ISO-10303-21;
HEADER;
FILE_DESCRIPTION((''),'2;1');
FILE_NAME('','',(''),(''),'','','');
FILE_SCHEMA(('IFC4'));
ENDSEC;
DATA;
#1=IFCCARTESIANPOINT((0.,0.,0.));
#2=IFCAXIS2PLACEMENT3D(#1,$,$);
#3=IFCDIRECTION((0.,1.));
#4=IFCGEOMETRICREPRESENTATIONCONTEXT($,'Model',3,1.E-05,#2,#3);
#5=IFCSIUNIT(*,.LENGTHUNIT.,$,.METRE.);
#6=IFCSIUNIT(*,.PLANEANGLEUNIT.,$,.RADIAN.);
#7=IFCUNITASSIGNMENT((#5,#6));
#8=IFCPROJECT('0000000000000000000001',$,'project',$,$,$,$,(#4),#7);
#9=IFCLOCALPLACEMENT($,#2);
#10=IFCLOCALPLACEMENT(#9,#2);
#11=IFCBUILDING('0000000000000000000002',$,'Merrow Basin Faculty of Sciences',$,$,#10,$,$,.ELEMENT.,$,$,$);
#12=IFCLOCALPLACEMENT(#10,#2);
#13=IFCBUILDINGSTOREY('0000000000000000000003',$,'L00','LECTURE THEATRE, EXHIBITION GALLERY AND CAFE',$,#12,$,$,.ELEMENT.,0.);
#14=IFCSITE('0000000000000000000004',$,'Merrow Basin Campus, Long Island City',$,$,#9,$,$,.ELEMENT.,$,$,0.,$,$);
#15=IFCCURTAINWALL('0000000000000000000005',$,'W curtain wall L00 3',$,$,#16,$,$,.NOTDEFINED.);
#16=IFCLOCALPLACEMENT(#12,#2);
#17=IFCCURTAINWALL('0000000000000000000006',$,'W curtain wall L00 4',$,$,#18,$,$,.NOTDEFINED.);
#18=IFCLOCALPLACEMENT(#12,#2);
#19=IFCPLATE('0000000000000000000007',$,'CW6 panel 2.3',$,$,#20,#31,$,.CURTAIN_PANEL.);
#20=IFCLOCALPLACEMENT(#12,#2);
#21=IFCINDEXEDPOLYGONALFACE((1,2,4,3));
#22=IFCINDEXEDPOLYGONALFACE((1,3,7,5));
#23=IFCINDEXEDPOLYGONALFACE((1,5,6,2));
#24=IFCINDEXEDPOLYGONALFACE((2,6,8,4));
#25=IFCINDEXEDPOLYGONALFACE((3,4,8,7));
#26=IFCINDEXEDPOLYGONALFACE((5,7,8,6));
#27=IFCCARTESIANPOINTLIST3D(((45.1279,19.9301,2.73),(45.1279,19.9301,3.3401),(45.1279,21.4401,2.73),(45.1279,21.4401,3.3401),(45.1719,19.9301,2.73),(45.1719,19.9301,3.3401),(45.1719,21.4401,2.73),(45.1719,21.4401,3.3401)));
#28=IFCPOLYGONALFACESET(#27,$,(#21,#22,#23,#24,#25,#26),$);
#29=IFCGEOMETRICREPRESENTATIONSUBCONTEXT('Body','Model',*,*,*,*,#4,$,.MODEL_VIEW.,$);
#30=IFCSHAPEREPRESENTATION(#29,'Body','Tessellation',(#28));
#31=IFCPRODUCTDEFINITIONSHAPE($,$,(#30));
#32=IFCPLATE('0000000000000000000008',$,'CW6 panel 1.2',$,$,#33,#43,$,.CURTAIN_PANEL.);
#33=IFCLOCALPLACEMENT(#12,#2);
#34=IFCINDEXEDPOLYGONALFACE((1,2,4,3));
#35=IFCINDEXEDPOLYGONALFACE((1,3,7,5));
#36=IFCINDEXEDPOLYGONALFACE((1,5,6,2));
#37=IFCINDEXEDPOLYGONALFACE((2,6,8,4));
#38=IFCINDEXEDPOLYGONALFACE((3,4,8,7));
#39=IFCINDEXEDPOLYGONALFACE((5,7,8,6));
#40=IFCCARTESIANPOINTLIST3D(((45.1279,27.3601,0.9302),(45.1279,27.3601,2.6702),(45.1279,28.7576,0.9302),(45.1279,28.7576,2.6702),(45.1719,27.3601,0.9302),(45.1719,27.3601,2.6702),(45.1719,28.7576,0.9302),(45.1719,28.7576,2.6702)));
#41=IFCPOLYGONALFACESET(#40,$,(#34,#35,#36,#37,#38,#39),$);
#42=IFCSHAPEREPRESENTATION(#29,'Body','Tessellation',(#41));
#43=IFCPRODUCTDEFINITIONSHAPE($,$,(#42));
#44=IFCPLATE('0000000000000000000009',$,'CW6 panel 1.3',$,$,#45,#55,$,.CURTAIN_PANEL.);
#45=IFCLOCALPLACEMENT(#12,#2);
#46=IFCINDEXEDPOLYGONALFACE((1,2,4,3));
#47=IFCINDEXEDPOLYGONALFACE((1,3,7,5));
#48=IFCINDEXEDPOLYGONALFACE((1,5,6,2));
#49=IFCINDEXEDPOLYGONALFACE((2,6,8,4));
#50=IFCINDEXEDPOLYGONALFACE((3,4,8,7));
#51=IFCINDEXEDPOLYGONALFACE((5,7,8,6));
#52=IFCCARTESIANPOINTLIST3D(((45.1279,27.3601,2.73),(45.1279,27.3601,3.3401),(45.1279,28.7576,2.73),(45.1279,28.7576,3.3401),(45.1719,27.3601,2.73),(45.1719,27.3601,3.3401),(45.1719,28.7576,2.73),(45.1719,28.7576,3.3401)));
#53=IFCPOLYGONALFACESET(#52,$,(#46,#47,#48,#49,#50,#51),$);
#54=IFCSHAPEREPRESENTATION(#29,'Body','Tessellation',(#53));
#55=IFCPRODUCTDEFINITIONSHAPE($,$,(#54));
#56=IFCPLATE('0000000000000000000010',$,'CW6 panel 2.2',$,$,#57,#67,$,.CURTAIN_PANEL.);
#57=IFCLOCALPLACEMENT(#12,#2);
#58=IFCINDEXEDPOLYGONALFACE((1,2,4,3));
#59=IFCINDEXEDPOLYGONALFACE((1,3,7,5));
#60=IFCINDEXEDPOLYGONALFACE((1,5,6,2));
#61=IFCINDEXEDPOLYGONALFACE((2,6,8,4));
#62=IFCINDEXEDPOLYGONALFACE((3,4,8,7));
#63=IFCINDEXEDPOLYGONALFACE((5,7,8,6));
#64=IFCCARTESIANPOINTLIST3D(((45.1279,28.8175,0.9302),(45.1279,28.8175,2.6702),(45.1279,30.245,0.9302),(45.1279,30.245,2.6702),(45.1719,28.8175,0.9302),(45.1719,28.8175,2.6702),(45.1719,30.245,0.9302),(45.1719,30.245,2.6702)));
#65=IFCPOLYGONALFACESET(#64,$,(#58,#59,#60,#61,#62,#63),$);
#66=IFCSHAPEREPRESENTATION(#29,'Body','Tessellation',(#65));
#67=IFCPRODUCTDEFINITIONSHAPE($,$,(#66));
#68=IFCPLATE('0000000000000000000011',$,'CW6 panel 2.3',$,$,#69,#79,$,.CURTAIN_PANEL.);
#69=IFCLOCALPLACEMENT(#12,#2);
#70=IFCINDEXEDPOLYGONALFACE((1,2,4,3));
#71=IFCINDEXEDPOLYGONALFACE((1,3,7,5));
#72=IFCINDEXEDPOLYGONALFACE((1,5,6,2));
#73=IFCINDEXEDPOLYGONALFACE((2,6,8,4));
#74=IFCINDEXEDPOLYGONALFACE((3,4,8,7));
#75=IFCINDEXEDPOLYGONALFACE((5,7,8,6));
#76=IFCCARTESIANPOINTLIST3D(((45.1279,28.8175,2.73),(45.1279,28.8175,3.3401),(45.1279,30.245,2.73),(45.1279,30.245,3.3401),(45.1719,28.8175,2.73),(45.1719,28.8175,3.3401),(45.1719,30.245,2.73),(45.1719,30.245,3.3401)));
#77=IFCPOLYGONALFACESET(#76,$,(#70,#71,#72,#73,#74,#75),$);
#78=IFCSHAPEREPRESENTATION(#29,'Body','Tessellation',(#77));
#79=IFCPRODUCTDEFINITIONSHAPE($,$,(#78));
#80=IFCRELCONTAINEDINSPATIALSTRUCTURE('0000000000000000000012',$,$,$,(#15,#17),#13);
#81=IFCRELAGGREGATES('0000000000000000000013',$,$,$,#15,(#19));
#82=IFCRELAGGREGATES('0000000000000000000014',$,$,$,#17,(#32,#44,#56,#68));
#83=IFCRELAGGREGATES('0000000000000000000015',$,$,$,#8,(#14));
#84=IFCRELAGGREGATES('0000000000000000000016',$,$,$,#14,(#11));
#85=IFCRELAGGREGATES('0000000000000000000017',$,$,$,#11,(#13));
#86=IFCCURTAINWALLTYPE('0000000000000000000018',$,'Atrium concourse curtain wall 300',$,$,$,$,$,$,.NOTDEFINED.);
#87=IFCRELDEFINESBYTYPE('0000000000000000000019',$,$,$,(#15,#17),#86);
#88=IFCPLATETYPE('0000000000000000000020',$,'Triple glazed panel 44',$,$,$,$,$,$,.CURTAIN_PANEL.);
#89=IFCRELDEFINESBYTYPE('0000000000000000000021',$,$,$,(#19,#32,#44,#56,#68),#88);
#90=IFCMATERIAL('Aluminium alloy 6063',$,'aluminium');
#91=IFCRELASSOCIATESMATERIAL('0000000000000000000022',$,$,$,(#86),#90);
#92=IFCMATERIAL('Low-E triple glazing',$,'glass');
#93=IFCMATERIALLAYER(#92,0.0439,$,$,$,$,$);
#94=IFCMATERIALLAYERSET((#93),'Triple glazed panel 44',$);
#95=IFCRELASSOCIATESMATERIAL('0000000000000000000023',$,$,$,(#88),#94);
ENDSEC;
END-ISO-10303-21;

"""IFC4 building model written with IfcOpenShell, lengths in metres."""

from ifc_helpers import new_model, si_unit, direction, frame, origin, origin_2d, place, context, subcontext, project, spatial, rectangle, extrude, material, layer, layer_set, type_object, element, aggregate, save


model = new_model("IFC4")

# Units and contexts
model_context = context("Model", 3, precision=1e-05, world=origin(), true_north=direction((0.0, 1.0)))
body_context = subcontext(model_context, "Body", "Model", "MODEL_VIEW")
ifc_project = project(units=[si_unit("LENGTHUNIT", "METRE"), si_unit("PLANEANGLEUNIT", "RADIAN")], contexts=[model_context])

# Site, building, storey
site_placement = place(None, origin())
site = spatial("IfcSite", under=ifc_project, at=site_placement, Name="Merrow Basin Campus, Long Island City", CompositionType="ELEMENT", RefElevation=0.0)
building_placement = place(site_placement, origin())
building = spatial("IfcBuilding", under=site, at=building_placement, Name="Merrow Basin Faculty of Sciences", CompositionType="ELEMENT")
storey_placement = place(building_placement, origin())
storey = spatial("IfcBuildingStorey", under=building, at=storey_placement, Name="L00", Description="LECTURE THEATRE, EXHIBITION GALLERY AND CAFE", CompositionType="ELEMENT", Elevation=0.0)

# Curtain walls
ifc_material_1 = material(Name="Aluminium alloy 6063", Category="aluminium")
curtain_wall_type = type_object("IfcCurtainWallType", Name="Atrium concourse curtain wall 300", PredefinedType="NOTDEFINED", material=ifc_material_1)
curtain_wall_1_placement = place(storey_placement, origin())
curtain_wall_1 = element("IfcCurtainWall", 1, at=curtain_wall_1_placement, inside=storey, type_object=curtain_wall_type, Name="W curtain wall L00 3", PredefinedType="NOTDEFINED")
curtain_wall_2_placement = place(storey_placement, origin())
curtain_wall_2 = element("IfcCurtainWall", 2, at=curtain_wall_2_placement, inside=storey, type_object=curtain_wall_type, Name="W curtain wall L00 4", PredefinedType="NOTDEFINED")

# Plates
ifc_material_2 = material(Name="Low-E triple glazing", Category="glass")
ifc_layer_1 = layer(ifc_material_2, 0.0439)
ifc_layer_set_1 = layer_set([ifc_layer_1], Name="Triple glazed panel 44")
plate_type_1 = type_object("IfcPlateType", Name="Triple glazed panel 44", PredefinedType="CURTAIN_PANEL", material=ifc_layer_set_1)
plate_1_placement = place(storey_placement, frame((45.1499, 20.6851, 2.73), z_axis=(0.0, 0.0, 1.0), x_axis=(0.0, 1.0, 0.0)))
plate_1 = element("IfcPlate", 3, at=plate_1_placement, type_object=plate_type_1, Name="CW6 panel 2.3", PredefinedType="CURTAIN_PANEL", context=body_context, shape_type="SweptSolid", body=[
    extrude(rectangle(XDim=1.51, YDim=0.0439, at=origin_2d()), origin(), (0.0, 0.0, 1.0), 0.6101),
])
aggregate(curtain_wall_1, [plate_1])
plate_2_placement = place(storey_placement, frame((45.1499, 28.0588, 0.9302), z_axis=(0.0, 0.0, 1.0), x_axis=(0.0, 1.0, 0.0)))
plate_2 = element("IfcPlate", 4, at=plate_2_placement, type_object=plate_type_1, Name="CW6 panel 1.2", PredefinedType="CURTAIN_PANEL", context=body_context, shape_type="SweptSolid", body=[
    extrude(rectangle(XDim=1.3975, YDim=0.0439, at=origin_2d()), origin(), (0.0, 0.0, 1.0), 1.74),
])
plate_3_placement = place(storey_placement, frame((45.1499, 28.0588, 2.73), z_axis=(0.0, 0.0, 1.0), x_axis=(0.0, 1.0, 0.0)))
plate_3 = element("IfcPlate", 5, at=plate_3_placement, type_object=plate_type_1, Name="CW6 panel 1.3", PredefinedType="CURTAIN_PANEL", context=body_context, shape_type="SweptSolid", body=[
    extrude(rectangle(XDim=1.3975, YDim=0.0439, at=origin_2d()), origin(), (0.0, 0.0, 1.0), 0.6101),
])
plate_4_placement = place(storey_placement, frame((45.1499, 29.5312, 0.9302), z_axis=(0.0, 0.0, 1.0), x_axis=(0.0, 1.0, 0.0)))
plate_4 = element("IfcPlate", 6, at=plate_4_placement, type_object=plate_type_1, Name="CW6 panel 2.2", PredefinedType="CURTAIN_PANEL", context=body_context, shape_type="SweptSolid", body=[
    extrude(rectangle(XDim=1.4275, YDim=0.0439, at=origin_2d()), origin(), (0.0, 0.0, 1.0), 1.74),
])
plate_5_placement = place(storey_placement, frame((45.1499, 29.5312, 2.73), z_axis=(0.0, 0.0, 1.0), x_axis=(0.0, 1.0, 0.0)))
plate_5 = element("IfcPlate", 7, at=plate_5_placement, type_object=plate_type_1, Name="CW6 panel 2.3", PredefinedType="CURTAIN_PANEL", context=body_context, shape_type="SweptSolid", body=[
    extrude(rectangle(XDim=1.4275, YDim=0.0439, at=origin_2d()), origin(), (0.0, 0.0, 1.0), 0.6101),
])
aggregate(curtain_wall_2, [plate_2, plate_3, plate_4, plate_5])

save(model, "model.ifc")
